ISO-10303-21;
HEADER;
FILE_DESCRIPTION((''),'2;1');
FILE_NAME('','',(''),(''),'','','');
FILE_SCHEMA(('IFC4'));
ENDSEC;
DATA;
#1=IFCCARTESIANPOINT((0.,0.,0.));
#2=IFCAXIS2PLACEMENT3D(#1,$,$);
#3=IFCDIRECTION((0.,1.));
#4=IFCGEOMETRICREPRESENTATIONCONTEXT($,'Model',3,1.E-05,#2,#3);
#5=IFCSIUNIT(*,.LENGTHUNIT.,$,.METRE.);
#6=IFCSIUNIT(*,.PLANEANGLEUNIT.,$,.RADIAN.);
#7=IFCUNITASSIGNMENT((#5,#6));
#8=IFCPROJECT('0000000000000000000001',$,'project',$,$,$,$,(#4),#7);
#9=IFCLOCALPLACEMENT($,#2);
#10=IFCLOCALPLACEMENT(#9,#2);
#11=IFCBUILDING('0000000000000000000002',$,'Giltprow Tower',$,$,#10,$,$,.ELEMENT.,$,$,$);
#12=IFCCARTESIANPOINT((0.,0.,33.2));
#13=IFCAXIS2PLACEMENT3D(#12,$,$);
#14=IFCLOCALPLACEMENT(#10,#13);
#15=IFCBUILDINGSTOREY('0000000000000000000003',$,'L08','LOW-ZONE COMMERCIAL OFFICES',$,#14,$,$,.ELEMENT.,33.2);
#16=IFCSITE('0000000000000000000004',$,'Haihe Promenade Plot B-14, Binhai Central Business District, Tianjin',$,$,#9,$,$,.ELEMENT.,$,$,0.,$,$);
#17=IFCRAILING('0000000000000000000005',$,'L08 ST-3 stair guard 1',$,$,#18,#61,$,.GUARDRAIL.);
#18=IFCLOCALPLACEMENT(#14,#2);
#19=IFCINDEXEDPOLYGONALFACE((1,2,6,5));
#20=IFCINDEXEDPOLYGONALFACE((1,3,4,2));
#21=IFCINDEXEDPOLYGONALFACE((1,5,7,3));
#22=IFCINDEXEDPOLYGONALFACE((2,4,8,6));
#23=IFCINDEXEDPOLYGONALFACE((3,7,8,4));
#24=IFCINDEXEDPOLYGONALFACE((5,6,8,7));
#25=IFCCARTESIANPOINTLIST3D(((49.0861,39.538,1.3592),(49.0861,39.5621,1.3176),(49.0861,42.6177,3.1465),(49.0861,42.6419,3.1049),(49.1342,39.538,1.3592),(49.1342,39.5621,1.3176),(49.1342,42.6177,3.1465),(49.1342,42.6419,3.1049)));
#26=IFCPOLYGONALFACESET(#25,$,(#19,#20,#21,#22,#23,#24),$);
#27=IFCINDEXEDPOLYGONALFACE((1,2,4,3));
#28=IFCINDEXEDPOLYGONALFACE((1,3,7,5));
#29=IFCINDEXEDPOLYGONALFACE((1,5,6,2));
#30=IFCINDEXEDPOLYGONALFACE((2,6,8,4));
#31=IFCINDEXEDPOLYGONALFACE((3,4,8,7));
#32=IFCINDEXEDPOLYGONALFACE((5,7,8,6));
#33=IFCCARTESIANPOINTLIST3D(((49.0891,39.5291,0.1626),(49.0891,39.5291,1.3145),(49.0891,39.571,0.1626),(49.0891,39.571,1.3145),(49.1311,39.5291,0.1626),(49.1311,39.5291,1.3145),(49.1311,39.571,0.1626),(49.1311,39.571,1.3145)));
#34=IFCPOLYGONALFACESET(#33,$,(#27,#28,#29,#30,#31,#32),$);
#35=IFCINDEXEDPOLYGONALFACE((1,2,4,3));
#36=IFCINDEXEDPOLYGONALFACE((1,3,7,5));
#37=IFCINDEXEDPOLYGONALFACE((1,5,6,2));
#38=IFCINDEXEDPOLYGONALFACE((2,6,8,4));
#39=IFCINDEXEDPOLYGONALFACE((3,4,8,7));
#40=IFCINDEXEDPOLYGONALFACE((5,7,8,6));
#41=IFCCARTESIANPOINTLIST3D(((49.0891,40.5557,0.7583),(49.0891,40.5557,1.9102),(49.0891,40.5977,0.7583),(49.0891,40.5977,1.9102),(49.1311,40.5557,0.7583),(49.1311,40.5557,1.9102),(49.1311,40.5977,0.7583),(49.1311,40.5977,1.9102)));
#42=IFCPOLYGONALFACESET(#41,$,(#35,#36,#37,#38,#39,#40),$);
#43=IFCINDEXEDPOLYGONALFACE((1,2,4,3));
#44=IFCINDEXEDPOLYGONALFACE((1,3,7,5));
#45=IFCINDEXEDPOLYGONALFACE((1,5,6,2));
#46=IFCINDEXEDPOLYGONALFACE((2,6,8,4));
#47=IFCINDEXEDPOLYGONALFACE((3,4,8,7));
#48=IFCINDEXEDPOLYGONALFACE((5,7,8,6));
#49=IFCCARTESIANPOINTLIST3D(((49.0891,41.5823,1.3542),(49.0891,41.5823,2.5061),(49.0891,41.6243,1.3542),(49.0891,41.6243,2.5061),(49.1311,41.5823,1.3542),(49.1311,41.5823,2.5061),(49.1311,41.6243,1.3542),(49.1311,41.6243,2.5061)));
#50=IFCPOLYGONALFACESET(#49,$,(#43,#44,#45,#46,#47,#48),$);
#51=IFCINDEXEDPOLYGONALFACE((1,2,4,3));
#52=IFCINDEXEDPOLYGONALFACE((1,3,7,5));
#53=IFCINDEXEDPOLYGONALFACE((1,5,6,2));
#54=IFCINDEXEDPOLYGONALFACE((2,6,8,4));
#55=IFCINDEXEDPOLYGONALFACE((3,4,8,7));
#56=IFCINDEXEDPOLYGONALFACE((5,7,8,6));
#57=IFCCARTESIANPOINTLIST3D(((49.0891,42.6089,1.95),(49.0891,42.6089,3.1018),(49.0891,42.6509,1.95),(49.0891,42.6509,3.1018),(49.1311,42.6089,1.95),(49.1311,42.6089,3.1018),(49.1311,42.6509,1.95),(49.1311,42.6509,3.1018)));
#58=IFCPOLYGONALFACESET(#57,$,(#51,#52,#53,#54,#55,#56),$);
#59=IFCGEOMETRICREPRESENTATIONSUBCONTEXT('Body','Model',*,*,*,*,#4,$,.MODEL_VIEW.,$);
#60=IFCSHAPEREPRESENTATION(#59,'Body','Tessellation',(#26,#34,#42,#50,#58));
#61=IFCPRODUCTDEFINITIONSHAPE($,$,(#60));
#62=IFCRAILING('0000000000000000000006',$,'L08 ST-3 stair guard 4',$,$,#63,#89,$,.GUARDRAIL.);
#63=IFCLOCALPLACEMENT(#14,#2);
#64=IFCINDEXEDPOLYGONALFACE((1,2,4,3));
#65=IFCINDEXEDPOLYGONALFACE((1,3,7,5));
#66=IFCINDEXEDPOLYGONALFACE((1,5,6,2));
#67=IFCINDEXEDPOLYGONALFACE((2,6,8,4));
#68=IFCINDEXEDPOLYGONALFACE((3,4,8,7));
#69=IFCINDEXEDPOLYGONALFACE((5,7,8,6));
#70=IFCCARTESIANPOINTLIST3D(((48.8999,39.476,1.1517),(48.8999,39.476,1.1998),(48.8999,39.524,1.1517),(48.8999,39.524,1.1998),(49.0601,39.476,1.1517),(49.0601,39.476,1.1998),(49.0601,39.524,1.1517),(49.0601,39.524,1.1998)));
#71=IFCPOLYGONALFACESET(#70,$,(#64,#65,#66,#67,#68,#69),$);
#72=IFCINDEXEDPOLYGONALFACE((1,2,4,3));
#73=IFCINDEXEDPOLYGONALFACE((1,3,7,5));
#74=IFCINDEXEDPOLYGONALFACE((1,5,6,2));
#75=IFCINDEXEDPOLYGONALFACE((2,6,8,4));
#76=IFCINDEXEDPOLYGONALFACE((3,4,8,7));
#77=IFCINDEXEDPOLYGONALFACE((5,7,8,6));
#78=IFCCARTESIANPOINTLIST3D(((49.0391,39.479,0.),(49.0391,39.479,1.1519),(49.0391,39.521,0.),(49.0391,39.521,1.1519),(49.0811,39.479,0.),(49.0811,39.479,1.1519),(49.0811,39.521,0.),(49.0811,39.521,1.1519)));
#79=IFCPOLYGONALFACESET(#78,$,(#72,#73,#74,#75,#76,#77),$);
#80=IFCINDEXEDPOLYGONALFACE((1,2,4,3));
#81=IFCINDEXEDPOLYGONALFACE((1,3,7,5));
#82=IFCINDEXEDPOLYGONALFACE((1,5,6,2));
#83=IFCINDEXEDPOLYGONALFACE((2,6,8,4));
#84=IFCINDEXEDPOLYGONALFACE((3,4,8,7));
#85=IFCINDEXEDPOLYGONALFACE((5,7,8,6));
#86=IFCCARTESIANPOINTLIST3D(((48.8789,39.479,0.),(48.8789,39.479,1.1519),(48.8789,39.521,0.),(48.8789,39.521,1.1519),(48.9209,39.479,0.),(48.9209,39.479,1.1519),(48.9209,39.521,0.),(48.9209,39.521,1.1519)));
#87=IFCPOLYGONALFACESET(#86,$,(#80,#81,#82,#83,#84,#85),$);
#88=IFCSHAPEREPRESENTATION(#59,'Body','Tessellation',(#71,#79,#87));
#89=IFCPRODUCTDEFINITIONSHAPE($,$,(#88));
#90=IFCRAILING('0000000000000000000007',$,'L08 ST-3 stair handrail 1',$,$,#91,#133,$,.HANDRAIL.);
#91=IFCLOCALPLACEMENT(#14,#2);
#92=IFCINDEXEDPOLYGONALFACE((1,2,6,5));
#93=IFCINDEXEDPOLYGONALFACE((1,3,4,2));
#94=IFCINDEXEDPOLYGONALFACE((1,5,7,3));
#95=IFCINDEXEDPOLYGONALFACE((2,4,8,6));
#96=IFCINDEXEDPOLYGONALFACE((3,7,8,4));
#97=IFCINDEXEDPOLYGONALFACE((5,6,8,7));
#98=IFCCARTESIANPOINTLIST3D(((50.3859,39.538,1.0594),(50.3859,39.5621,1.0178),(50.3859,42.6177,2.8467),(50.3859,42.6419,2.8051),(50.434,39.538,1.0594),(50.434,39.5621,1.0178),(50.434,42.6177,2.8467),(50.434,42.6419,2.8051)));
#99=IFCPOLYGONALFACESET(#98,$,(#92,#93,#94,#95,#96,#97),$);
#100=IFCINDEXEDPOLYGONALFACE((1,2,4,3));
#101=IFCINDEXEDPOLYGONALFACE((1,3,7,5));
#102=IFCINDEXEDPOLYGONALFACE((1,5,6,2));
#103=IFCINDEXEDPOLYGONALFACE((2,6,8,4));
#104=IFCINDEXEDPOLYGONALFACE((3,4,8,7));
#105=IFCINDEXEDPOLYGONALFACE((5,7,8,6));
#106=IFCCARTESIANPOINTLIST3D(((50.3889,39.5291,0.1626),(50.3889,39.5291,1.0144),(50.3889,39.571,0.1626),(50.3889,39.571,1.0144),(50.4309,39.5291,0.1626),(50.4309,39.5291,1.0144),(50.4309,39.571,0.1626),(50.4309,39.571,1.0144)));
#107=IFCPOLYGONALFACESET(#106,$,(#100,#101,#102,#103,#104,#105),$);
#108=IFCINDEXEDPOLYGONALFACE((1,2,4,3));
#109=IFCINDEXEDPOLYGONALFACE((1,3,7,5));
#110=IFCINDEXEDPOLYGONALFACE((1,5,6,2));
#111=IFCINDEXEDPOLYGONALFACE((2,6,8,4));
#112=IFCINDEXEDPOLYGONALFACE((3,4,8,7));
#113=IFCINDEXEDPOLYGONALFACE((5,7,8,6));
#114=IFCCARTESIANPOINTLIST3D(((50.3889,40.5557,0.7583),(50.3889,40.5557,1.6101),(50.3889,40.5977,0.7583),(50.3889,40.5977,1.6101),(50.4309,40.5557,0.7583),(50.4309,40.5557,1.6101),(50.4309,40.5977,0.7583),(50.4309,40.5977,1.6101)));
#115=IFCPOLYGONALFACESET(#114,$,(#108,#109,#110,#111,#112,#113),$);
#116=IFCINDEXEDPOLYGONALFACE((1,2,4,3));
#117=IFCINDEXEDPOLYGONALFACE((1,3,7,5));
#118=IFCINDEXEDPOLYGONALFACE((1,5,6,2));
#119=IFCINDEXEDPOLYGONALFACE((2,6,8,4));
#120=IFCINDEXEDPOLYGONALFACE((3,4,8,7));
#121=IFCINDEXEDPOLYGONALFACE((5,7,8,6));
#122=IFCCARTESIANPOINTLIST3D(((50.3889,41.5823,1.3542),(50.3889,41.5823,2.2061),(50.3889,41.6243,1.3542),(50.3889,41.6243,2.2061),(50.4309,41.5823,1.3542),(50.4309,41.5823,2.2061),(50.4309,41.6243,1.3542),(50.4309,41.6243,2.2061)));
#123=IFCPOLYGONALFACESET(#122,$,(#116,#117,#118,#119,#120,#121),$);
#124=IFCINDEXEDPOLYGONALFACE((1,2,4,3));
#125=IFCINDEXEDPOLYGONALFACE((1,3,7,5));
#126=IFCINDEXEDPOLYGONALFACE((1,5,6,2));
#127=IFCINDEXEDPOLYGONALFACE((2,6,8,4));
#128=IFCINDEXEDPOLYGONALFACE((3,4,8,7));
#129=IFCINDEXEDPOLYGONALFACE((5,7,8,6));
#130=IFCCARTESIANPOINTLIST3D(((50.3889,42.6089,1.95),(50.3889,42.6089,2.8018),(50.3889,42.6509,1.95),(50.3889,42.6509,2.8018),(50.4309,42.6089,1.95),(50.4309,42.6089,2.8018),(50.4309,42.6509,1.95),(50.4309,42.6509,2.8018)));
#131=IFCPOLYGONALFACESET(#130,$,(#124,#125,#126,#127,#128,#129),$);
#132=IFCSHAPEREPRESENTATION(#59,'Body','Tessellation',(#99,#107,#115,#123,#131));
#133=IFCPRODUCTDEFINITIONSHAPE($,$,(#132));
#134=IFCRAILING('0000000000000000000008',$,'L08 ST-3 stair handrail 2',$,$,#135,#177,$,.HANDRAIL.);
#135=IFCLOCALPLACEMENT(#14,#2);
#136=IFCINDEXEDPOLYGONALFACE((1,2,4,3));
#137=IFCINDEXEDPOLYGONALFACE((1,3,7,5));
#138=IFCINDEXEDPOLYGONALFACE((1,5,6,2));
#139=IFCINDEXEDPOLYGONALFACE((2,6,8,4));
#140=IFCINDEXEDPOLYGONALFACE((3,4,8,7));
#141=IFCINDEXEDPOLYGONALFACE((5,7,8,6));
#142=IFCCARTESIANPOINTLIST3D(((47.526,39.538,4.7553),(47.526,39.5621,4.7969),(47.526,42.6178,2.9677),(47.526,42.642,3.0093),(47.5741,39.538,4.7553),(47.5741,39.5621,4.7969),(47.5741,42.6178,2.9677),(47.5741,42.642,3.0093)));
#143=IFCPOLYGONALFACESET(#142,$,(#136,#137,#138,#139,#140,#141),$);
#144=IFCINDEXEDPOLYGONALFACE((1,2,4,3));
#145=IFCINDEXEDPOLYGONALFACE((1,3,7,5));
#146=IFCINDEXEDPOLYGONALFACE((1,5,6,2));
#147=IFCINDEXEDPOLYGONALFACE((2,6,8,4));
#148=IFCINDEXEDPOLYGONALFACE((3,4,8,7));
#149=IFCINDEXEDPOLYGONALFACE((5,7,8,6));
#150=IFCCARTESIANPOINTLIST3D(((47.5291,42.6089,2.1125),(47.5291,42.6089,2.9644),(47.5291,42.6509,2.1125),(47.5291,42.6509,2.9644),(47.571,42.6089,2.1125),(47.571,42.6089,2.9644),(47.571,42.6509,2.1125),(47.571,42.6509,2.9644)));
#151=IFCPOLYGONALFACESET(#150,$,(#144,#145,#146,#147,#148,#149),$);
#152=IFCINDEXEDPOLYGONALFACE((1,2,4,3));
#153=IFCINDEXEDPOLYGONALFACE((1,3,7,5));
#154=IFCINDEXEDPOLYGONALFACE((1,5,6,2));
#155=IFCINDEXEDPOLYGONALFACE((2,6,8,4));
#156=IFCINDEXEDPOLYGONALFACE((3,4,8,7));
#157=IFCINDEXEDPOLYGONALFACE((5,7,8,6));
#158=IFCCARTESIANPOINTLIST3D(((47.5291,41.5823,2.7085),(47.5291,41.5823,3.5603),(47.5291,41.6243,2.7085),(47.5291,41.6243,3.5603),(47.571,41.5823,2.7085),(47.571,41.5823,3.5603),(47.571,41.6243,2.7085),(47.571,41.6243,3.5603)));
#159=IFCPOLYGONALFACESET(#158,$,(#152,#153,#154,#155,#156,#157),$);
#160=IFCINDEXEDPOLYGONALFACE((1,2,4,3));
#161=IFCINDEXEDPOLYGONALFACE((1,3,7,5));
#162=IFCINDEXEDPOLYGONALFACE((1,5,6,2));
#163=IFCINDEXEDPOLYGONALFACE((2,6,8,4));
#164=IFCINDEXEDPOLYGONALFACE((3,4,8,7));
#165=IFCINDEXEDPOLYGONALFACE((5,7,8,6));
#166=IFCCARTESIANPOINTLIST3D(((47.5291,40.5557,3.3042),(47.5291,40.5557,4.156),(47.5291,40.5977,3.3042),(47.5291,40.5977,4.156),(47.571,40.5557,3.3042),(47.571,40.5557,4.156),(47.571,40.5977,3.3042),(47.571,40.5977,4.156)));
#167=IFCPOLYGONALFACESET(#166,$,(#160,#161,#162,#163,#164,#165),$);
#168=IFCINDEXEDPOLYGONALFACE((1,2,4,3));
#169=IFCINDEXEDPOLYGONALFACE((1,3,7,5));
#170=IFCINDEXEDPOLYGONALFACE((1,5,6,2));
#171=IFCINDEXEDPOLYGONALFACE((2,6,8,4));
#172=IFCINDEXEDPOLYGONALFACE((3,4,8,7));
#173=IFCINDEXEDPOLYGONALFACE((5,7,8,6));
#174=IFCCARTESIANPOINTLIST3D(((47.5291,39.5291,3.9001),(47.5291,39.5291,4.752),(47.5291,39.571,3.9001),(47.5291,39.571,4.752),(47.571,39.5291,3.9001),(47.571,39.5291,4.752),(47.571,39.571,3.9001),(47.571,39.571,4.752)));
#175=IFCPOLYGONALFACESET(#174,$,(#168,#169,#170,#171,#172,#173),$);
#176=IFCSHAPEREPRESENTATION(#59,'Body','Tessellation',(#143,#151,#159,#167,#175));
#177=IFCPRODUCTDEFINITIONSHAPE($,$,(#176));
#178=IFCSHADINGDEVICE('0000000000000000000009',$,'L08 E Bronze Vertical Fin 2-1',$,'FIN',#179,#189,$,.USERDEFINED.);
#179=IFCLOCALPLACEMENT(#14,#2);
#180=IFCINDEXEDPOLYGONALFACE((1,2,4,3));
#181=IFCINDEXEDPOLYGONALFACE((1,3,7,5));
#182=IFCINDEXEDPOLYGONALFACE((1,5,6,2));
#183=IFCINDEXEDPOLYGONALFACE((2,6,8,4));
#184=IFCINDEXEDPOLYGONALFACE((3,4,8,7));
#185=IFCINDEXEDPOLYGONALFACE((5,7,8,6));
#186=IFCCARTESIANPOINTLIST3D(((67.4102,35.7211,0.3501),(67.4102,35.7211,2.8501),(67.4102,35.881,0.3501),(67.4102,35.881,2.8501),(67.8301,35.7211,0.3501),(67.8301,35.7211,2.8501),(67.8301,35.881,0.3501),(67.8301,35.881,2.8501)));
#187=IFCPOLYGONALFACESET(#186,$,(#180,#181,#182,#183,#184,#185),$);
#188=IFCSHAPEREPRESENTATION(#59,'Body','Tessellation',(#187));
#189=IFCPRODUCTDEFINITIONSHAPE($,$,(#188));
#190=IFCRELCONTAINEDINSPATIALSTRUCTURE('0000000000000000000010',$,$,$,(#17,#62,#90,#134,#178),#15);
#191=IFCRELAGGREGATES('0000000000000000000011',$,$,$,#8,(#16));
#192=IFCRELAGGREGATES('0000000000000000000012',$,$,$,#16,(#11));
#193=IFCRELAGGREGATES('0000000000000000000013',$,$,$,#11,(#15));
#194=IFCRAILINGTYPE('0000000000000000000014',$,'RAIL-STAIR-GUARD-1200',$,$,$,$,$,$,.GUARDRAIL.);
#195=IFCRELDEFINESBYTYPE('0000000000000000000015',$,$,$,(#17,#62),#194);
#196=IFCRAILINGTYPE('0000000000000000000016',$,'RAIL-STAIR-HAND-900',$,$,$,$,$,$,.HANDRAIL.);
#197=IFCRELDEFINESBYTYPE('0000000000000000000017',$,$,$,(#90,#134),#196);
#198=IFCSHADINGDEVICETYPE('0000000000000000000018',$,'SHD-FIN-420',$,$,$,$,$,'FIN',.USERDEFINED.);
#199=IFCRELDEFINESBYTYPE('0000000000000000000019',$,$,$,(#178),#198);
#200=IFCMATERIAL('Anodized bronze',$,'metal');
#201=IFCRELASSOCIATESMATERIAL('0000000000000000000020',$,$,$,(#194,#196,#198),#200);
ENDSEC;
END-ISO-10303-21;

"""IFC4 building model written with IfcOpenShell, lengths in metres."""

from ifc_helpers import new_model, si_unit, direction, frame, origin, origin_2d, place, context, subcontext, project, spatial, rectangle, extrude, source, transform, mapped, material, type_object, element, save


model = new_model("IFC4")

# Units and contexts
model_context = context("Model", 3, precision=1e-05, world=origin(), true_north=direction((0.0, 1.0)))
body_context = subcontext(model_context, "Body", "Model", "MODEL_VIEW")
ifc_project = project(units=[si_unit("LENGTHUNIT", "METRE"), si_unit("PLANEANGLEUNIT", "RADIAN")], contexts=[model_context])

# Site, building, storey
site_placement = place(None, origin())
site = spatial("IfcSite", under=ifc_project, at=site_placement, Name="Haihe Promenade Plot B-14, Binhai Central Business District, Tianjin", CompositionType="ELEMENT", RefElevation=0.0)
building_placement = place(site_placement, origin())
building = spatial("IfcBuilding", under=site, at=building_placement, Name="Giltprow Tower", CompositionType="ELEMENT")
storey_placement = place(building_placement, frame((0.0, 0.0, 33.2)))
storey = spatial("IfcBuildingStorey", under=building, at=storey_placement, Name="L08", Description="LOW-ZONE COMMERCIAL OFFICES", CompositionType="ELEMENT", Elevation=33.2)

# Railings
ifc_material_1 = material(Name="Anodized bronze", Category="metal")
railing_type_1 = type_object("IfcRailingType", Name="RAIL-STAIR-GUARD-1200", PredefinedType="GUARDRAIL", material=ifc_material_1)
railing_1_placement = place(storey_placement, frame((49.1101, 39.55, 0.1626)))
element("IfcRailing", 1, at=railing_1_placement, inside=storey, type_object=railing_type_1, Name="L08 ST-3 stair guard 1", PredefinedType="GUARDRAIL", context=body_context, shape_type="SweptSolid", body=[
    extrude(rectangle(XDim=0.0481, YDim=0.0481, at=origin_2d()), frame((0.0, 0.0, 1.1758), z_axis=(0.0, 0.864903, 0.501939), x_axis=(-1.0, 0.0, 0.0)), (0.0, 0.0, 1.0), 3.5608),
    extrude(rectangle(XDim=0.042, YDim=0.042, at=origin_2d()), origin(), (0.0, 0.0, 1.0), 1.1519),
    extrude(rectangle(XDim=0.042, YDim=0.042, at=origin_2d()), frame((0.0, 1.0266, 0.5957)), (0.0, 0.0, 1.0), 1.1519),
    extrude(rectangle(XDim=0.042, YDim=0.042, at=origin_2d()), frame((0.0, 2.0532, 1.1917)), (0.0, 0.0, 1.0), 1.1519),
    extrude(rectangle(XDim=0.042, YDim=0.042, at=origin_2d()), frame((0.0, 3.0798, 1.7874)), (0.0, 0.0, 1.0), 1.1519),
])
railing_2_placement = place(storey_placement, frame((49.0601, 39.5, 0.0)))
element("IfcRailing", 2, at=railing_2_placement, inside=storey, type_object=railing_type_1, Name="L08 ST-3 stair guard 4", PredefinedType="GUARDRAIL", context=body_context, shape_type="SweptSolid", body=[
    extrude(rectangle(XDim=0.0481, YDim=0.0481, at=origin_2d()), frame((0.0, 0.0, 1.1758), z_axis=(-1.0, 0.0, 0.0), x_axis=(0.0, -1.0, 0.0)), (0.0, 0.0, 1.0), 0.1602),
    extrude(rectangle(XDim=0.042, YDim=0.042, at=origin_2d()), origin(), (0.0, 0.0, 1.0), 1.1519),
    extrude(rectangle(XDim=0.042, YDim=0.042, at=origin_2d()), frame((-0.1602, 0.0, 0.0)), (0.0, 0.0, 1.0), 1.1519),
])
railing_type_2 = type_object("IfcRailingType", Name="RAIL-STAIR-HAND-900", PredefinedType="HANDRAIL", material=ifc_material_1)
railing_3_placement = place(storey_placement, frame((50.4099, 39.55, 0.1626)))
element("IfcRailing", 3, at=railing_3_placement, inside=storey, type_object=railing_type_2, Name="L08 ST-3 stair handrail 1", PredefinedType="HANDRAIL", context=body_context, shape_type="SweptSolid", body=[
    extrude(rectangle(XDim=0.0481, YDim=0.0481, at=origin_2d()), frame((0.0, 0.0, 0.876), z_axis=(0.0, 0.864903, 0.501939), x_axis=(-1.0, 0.0, 0.0)), (0.0, 0.0, 1.0), 3.5608),
    extrude(rectangle(XDim=0.042, YDim=0.042, at=origin_2d()), origin(), (0.0, 0.0, 1.0), 0.8518),
    extrude(rectangle(XDim=0.042, YDim=0.042, at=origin_2d()), frame((0.0, 1.0266, 0.5957)), (0.0, 0.0, 1.0), 0.8518),
    extrude(rectangle(XDim=0.042, YDim=0.042, at=origin_2d()), frame((0.0, 2.0532, 1.1917)), (0.0, 0.0, 1.0), 0.8518),
    extrude(rectangle(XDim=0.042, YDim=0.042, at=origin_2d()), frame((0.0, 3.0798, 1.7874)), (0.0, 0.0, 1.0), 0.8518),
])
railing_4_placement = place(storey_placement, frame((47.55, 42.6299, 2.1125)))
element("IfcRailing", 4, at=railing_4_placement, inside=storey, type_object=railing_type_2, Name="L08 ST-3 stair handrail 2", PredefinedType="HANDRAIL", context=body_context, shape_type="SweptSolid", body=[
    extrude(rectangle(XDim=0.0481, YDim=0.0481, at=origin_2d()), frame((0.0, 0.0, 0.876), z_axis=(0.0, -0.864873, 0.50199), x_axis=(1.0, 0.0, 0.0)), (0.0, 0.0, 1.0), 3.561),
    extrude(rectangle(XDim=0.042, YDim=0.042, at=origin_2d()), origin(), (0.0, 0.0, 1.0), 0.8518),
    extrude(rectangle(XDim=0.042, YDim=0.042, at=origin_2d()), frame((0.0, -1.0266, 0.5959)), (0.0, 0.0, 1.0), 0.8518),
    extrude(rectangle(XDim=0.042, YDim=0.042, at=origin_2d()), frame((0.0, -2.0532, 1.1917)), (0.0, 0.0, 1.0), 0.8518),
    extrude(rectangle(XDim=0.042, YDim=0.042, at=origin_2d()), frame((0.0, -3.0798, 1.7876)), (0.0, 0.0, 1.0), 0.8518),
])

# Shading device
shading_device_type = type_object("IfcShadingDeviceType", Name="SHD-FIN-420", ElementType="FIN", PredefinedType="USERDEFINED", material=ifc_material_1)
shared_shape_1 = source(origin(), body_context, "Body", "SweptSolid", [
    extrude(rectangle(XDim=0.4199, YDim=0.1599, at=origin_2d()), origin(), (0.0, 0.0, 1.0), 2.5),
])
shading_device_placement = place(storey_placement, frame((67.6201, 35.801, 0.3501), z_axis=(0.0, 0.0, 1.0), x_axis=(1.0, 0.0, 0.0)))
element("IfcShadingDevice", 5, at=shading_device_placement, inside=storey, type_object=shading_device_type, Name="L08 E Bronze Vertical Fin 2-1", ObjectType="FIN", PredefinedType="USERDEFINED", context=body_context, shape_type="MappedRepresentation", body=[
    mapped(shared_shape_1, transform((0.0, 0.0, 0.0), x_axis=(1.0, 0.0, 0.0), y_axis=(0.0, 1.0, 0.0), z_axis=(0.0, 0.0, 1.0), scale=1.0)),
])

save(model, "model.ifc")
